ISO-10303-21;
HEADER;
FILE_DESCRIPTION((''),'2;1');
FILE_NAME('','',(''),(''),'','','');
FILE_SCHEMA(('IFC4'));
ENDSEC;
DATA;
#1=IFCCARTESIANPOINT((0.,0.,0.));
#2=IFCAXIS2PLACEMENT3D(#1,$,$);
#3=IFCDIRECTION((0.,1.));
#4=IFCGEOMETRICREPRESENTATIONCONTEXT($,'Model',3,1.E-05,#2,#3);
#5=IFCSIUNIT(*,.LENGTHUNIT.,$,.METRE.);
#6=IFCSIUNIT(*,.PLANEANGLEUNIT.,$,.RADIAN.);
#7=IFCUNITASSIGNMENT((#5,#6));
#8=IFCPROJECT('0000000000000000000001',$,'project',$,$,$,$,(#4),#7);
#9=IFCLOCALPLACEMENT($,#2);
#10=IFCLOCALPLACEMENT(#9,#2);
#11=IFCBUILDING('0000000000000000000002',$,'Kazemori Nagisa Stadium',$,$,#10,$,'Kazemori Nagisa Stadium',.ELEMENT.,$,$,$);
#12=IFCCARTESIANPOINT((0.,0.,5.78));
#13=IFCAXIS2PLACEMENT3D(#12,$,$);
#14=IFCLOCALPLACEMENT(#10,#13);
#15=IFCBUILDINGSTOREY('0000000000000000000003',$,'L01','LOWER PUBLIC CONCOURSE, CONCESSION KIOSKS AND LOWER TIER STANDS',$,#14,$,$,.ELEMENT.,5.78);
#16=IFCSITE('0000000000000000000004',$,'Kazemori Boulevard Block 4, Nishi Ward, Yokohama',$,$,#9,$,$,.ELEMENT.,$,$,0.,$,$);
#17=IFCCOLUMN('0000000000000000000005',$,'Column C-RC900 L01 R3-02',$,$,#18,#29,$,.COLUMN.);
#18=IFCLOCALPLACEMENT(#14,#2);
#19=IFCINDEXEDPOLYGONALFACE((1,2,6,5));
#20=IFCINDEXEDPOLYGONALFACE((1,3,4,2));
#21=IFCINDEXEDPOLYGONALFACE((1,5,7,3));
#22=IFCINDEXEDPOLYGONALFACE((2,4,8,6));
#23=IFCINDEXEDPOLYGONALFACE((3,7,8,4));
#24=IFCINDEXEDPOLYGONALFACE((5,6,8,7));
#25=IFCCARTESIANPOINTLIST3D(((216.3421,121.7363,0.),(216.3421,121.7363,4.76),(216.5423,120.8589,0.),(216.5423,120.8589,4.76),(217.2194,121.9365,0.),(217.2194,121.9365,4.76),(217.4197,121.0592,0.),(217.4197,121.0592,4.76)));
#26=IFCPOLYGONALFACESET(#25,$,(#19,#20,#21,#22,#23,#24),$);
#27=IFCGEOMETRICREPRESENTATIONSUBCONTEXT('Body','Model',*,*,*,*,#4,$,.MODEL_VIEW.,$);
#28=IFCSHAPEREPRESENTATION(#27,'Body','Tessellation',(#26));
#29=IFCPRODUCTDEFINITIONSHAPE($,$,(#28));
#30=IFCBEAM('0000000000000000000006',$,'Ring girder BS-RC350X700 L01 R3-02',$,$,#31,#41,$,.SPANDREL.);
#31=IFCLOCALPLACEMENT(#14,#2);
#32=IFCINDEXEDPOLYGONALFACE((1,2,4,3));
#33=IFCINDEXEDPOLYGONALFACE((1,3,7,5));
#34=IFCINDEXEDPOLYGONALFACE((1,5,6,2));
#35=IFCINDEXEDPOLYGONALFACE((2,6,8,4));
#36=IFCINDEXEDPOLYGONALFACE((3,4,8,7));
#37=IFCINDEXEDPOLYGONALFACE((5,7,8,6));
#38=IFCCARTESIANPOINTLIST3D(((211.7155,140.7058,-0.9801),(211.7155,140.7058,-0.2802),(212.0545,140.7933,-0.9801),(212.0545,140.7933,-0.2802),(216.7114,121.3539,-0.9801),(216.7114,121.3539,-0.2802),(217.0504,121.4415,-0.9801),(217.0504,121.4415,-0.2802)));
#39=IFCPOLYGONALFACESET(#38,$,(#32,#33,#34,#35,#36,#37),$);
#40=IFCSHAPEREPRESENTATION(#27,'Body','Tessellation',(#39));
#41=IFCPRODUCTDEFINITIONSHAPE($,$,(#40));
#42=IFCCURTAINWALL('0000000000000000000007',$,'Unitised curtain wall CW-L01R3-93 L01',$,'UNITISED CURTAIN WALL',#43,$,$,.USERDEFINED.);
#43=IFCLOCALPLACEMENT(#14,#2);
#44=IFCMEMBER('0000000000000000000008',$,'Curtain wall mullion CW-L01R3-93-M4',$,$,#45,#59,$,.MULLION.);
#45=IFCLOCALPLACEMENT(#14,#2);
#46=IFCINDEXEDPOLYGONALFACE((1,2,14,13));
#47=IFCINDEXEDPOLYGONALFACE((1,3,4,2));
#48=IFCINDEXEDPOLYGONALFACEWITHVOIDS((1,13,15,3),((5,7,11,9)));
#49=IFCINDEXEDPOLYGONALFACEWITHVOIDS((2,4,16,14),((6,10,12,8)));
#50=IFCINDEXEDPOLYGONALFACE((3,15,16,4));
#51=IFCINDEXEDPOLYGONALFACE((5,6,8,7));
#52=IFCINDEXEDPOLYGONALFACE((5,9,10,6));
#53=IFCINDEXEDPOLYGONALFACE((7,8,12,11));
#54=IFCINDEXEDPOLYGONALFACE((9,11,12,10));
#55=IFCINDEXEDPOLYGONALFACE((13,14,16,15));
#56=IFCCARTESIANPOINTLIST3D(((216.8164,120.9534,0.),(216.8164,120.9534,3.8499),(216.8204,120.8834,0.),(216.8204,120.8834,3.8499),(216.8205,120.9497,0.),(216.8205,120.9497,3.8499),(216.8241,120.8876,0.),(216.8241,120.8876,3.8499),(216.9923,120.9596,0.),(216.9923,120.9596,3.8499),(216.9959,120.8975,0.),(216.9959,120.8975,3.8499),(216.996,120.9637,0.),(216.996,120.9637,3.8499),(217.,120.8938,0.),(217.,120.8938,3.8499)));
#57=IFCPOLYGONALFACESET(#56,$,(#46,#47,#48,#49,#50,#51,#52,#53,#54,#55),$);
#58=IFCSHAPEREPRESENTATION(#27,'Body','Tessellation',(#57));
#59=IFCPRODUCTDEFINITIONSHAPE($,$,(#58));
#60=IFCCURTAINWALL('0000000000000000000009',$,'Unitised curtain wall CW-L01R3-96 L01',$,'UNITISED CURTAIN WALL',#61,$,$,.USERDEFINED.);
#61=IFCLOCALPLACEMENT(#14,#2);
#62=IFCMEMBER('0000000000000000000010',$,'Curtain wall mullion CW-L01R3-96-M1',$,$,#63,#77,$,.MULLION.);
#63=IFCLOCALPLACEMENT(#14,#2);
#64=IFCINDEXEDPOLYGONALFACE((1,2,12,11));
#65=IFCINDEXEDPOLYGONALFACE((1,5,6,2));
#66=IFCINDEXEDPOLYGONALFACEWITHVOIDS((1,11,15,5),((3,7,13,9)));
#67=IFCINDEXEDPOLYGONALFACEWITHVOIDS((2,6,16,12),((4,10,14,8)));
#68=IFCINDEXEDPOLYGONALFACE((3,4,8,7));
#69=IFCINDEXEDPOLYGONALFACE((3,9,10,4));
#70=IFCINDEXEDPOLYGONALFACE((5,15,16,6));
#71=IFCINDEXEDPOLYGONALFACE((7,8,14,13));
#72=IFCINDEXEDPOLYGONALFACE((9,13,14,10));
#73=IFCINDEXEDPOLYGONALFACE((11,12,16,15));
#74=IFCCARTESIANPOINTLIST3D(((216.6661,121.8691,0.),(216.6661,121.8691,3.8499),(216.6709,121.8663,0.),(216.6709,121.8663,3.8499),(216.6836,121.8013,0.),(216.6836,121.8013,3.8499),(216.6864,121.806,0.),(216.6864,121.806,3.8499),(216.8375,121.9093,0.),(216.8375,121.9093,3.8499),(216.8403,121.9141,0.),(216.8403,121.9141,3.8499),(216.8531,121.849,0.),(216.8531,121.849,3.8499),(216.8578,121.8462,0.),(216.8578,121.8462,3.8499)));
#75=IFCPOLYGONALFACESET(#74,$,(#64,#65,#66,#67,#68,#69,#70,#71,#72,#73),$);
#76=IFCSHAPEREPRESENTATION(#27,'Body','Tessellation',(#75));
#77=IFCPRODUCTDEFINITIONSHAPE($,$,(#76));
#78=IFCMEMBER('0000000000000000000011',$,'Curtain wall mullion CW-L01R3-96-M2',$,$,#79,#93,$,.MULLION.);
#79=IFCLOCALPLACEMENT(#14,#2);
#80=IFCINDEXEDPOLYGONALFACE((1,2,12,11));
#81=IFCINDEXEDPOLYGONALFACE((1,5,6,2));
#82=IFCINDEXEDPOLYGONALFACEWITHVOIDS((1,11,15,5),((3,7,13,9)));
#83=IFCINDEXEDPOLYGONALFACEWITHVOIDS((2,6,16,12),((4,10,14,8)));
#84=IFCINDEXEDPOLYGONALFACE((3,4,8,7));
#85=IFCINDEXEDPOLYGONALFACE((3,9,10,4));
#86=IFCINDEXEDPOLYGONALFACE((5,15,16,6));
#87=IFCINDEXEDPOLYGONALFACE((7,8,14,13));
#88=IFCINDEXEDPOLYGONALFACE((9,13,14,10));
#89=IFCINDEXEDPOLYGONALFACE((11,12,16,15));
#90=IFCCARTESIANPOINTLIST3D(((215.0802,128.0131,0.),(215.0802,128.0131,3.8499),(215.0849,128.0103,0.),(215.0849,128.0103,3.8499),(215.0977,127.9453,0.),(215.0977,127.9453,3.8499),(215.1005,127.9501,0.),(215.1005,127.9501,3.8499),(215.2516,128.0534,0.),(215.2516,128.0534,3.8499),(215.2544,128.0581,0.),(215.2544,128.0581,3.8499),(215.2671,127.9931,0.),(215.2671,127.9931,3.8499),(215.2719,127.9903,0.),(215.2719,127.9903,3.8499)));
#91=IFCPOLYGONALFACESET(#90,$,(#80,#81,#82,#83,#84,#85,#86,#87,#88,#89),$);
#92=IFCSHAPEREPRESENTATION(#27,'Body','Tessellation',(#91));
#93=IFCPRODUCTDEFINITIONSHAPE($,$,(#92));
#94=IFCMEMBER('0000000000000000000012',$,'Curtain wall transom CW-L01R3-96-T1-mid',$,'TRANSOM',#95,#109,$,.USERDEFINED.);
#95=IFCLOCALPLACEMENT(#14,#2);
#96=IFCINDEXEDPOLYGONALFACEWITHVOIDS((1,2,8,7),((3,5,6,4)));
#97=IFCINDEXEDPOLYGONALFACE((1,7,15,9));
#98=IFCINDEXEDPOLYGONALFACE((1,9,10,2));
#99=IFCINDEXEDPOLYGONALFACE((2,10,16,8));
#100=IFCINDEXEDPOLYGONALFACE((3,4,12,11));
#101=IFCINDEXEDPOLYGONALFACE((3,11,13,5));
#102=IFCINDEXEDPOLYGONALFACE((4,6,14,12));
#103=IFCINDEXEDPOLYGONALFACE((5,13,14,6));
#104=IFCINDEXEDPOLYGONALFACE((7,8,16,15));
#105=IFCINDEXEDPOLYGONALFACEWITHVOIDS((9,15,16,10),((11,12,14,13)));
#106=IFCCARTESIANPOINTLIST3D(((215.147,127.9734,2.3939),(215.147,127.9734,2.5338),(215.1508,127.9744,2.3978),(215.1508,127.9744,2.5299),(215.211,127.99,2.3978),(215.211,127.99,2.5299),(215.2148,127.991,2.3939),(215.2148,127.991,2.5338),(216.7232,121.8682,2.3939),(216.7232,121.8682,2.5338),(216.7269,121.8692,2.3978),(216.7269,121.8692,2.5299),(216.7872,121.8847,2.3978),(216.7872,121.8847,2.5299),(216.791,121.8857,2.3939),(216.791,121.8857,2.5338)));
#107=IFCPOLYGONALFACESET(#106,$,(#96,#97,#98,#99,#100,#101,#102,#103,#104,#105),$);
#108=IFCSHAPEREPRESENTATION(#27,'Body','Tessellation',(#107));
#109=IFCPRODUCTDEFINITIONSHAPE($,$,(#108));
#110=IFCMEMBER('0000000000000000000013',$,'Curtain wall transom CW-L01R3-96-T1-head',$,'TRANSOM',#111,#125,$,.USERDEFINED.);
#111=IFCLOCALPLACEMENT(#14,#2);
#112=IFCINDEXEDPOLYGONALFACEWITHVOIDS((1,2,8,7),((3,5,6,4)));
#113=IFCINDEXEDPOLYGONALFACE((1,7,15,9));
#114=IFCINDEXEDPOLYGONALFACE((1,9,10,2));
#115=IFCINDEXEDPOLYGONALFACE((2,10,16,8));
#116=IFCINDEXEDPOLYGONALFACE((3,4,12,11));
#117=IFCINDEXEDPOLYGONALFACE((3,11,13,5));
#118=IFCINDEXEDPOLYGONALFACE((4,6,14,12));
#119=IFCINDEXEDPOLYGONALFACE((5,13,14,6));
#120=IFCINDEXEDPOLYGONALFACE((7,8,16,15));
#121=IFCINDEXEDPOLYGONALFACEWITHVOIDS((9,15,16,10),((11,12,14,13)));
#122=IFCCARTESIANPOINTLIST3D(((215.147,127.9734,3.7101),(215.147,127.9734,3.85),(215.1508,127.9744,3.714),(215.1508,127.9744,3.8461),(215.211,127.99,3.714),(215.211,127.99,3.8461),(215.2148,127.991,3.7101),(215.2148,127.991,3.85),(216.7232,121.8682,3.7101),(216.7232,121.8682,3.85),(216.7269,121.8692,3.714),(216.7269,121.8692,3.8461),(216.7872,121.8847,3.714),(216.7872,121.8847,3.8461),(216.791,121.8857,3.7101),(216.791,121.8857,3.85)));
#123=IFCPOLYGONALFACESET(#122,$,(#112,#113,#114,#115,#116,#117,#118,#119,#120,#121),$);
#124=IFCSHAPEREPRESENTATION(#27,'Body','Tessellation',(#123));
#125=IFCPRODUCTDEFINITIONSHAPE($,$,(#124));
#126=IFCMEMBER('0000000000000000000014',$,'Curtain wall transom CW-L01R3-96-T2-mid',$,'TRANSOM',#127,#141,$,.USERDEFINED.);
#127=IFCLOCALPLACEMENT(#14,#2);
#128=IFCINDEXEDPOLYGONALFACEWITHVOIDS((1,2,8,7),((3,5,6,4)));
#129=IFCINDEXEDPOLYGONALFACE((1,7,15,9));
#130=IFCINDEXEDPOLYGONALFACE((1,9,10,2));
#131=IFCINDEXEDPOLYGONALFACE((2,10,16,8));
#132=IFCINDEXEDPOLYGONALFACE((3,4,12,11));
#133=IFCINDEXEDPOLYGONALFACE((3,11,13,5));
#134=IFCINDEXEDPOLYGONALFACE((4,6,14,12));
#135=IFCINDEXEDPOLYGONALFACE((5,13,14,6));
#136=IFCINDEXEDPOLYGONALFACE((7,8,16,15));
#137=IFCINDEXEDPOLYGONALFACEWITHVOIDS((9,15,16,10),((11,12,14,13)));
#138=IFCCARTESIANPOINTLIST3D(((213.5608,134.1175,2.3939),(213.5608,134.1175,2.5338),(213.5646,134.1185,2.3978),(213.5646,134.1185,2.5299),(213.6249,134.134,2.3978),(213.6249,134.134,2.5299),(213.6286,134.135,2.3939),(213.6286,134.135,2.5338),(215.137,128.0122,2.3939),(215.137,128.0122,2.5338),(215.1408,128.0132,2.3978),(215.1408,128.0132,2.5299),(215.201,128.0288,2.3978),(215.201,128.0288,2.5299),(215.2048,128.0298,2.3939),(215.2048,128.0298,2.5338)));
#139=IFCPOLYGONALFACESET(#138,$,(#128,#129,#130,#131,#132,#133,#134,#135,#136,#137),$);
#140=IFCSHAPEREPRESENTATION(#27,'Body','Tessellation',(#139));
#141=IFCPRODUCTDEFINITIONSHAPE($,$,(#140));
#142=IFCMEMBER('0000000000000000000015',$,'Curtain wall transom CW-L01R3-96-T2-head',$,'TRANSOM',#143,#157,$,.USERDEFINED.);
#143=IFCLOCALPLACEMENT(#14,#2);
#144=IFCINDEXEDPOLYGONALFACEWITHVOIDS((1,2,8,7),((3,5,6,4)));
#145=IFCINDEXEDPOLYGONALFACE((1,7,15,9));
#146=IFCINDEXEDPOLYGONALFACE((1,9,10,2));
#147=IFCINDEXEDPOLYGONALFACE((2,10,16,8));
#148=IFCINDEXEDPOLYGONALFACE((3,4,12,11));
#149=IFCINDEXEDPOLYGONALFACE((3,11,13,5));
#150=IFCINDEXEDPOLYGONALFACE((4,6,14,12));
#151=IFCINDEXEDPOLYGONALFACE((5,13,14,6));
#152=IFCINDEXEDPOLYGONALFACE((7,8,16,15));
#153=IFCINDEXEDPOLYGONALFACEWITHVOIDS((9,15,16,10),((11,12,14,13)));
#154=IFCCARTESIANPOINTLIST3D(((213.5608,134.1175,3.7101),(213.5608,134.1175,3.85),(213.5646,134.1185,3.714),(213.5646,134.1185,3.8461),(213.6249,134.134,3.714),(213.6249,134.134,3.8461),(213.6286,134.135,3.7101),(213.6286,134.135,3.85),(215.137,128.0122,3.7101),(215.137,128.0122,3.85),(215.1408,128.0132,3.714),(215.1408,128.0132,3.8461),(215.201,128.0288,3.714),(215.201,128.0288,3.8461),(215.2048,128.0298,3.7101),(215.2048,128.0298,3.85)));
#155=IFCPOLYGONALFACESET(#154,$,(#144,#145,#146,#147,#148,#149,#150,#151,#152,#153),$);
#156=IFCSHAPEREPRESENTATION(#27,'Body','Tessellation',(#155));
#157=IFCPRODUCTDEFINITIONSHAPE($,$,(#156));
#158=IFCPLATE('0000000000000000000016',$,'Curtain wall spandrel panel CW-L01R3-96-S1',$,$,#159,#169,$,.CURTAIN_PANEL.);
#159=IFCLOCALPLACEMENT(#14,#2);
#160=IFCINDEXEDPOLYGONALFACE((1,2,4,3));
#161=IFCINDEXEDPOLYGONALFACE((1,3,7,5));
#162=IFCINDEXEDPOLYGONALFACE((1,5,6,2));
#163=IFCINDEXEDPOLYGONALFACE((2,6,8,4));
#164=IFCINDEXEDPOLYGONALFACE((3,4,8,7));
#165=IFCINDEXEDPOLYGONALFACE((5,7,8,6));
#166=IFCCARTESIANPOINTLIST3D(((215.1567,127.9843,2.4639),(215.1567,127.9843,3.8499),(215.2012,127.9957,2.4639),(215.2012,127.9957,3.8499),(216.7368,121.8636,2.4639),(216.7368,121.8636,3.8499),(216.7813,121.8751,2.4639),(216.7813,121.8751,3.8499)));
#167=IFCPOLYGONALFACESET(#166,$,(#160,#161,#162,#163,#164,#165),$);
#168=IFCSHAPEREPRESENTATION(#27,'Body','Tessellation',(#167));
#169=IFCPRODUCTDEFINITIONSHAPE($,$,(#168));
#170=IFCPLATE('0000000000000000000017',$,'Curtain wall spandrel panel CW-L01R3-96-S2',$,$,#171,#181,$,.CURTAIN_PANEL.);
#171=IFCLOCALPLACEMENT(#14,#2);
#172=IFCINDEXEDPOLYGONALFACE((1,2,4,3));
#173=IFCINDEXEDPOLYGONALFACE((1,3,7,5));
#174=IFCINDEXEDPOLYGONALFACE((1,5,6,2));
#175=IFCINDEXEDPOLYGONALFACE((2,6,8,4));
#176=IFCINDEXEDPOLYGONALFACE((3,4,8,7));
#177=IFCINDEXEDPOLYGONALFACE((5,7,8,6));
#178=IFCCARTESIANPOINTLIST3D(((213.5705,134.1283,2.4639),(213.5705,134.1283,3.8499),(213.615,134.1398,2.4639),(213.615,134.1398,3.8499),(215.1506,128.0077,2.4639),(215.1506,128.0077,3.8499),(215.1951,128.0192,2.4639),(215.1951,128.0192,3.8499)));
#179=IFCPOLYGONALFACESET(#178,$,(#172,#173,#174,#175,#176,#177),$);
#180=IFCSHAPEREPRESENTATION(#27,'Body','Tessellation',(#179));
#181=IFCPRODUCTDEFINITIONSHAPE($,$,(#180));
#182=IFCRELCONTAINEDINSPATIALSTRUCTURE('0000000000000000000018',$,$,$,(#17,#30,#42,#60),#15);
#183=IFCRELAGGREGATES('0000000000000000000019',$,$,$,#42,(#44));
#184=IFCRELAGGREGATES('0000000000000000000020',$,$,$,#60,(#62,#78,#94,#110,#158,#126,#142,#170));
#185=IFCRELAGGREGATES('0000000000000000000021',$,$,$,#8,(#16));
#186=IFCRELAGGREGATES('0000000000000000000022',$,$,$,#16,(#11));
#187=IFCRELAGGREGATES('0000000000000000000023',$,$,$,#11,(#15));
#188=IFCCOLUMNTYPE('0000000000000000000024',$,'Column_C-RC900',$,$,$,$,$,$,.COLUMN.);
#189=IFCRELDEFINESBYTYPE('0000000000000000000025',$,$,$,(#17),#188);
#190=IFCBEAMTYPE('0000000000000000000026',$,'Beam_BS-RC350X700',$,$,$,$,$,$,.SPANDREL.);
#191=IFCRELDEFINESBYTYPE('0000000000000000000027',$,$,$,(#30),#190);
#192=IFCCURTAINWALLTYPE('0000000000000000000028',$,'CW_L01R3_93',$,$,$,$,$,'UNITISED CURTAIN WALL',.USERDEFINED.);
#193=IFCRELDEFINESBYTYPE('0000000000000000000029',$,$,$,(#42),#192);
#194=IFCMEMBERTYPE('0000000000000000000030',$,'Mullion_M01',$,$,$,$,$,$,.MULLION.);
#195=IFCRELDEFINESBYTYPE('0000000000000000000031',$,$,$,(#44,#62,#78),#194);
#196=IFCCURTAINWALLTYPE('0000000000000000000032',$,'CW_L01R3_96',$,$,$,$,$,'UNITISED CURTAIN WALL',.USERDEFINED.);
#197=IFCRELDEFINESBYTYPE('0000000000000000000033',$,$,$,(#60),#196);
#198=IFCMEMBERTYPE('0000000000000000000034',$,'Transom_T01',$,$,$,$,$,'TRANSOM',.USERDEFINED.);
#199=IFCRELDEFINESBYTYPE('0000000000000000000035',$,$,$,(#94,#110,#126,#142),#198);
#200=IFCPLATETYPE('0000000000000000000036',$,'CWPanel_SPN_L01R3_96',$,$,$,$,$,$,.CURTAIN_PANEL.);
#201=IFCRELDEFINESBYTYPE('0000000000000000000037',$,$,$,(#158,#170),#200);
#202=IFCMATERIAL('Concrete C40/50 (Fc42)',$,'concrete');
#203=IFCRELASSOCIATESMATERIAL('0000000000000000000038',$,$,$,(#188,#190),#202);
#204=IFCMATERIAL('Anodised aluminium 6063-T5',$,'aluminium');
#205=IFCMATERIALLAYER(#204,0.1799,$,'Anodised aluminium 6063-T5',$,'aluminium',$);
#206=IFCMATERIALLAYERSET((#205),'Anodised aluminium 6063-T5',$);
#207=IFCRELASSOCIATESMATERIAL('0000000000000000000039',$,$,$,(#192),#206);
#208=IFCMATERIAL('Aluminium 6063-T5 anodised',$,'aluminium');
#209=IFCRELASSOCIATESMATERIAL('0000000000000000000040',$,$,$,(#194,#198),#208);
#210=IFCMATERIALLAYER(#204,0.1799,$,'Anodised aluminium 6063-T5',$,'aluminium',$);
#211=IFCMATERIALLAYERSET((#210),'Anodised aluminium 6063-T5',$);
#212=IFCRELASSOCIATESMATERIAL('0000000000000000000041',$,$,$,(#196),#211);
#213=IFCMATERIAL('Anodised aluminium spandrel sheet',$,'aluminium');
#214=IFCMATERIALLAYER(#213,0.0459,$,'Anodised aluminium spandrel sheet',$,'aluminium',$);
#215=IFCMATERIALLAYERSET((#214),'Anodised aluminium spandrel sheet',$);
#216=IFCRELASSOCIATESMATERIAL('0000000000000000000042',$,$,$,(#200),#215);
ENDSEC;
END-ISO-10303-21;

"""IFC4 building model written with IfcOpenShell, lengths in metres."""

from ifc_helpers import new_model, si_unit, direction, frame, origin, origin_2d, place, context, subcontext, project, spatial, rectangle, hollow_rectangle, extrude, material, layer, layer_set, material_profile, profile_set, type_object, element, aggregate, save


model = new_model("IFC4")

# Units and contexts
model_context = context("Model", 3, precision=1e-05, world=origin(), true_north=direction((0.0, 1.0)))
body_context = subcontext(model_context, "Body", "Model", "MODEL_VIEW")
ifc_project = project(units=[si_unit("LENGTHUNIT", "METRE"), si_unit("PLANEANGLEUNIT", "RADIAN")], contexts=[model_context])

# Site, building, storey
site_placement = place(None, origin())
site = spatial("IfcSite", under=ifc_project, at=site_placement, Name="Kazemori Boulevard Block 4, Nishi Ward, Yokohama", CompositionType="ELEMENT", RefElevation=0.0)
building_placement = place(site_placement, origin())
building = spatial("IfcBuilding", under=site, at=building_placement, Name="Kazemori Nagisa Stadium", LongName="Kazemori Nagisa Stadium", CompositionType="ELEMENT")
storey_placement = place(building_placement, frame((0.0, 0.0, 5.78)))
storey = spatial("IfcBuildingStorey", under=building, at=storey_placement, Name="L01", Description="LOWER PUBLIC CONCOURSE, CONCESSION KIOSKS AND LOWER TIER STANDS", CompositionType="ELEMENT", Elevation=5.78)

# Column
ifc_material_1 = material(Name="Concrete C40/50 (Fc42)", Category="concrete")
ifc_material_profile_1 = material_profile(ifc_material_1, rectangle(XDim=0.8999, YDim=0.8999, at=origin_2d()), Name="RC-COL-900x900")
ifc_profile_set_1 = profile_set([ifc_material_profile_1], Name="Concrete C40/50 (Fc42)")
column_type = type_object("IfcColumnType", Name="Column_C-RC900", PredefinedType="COLUMN", material=ifc_profile_set_1)
column_placement = place(storey_placement, frame((216.8809, 121.3977, 0.0), z_axis=(0.0, 0.0, 1.0), x_axis=(0.974928, 0.222521, 0.0)))
element("IfcColumn", 1, at=column_placement, inside=storey, type_object=column_type, Name="Column C-RC900 L01 R3-02", PredefinedType="COLUMN", context=body_context, shape_type="SweptSolid", body=[
    extrude(rectangle(XDim=0.8999, YDim=0.8999, at=origin_2d()), origin(), (0.0, 0.0, 1.0), 4.76),
])

# Beam
ifc_material_profile_2 = material_profile(ifc_material_1, rectangle(XDim=0.3501, YDim=0.7, at=origin_2d()), Name="RC-SP-350x700")
ifc_profile_set_2 = profile_set([ifc_material_profile_2], Name="Concrete C40/50 (Fc42)")
beam_type = type_object("IfcBeamType", Name="Beam_BS-RC350X700", PredefinedType="SPANDREL", material=ifc_profile_set_2)
beam_placement = place(storey_placement, frame((216.8809, 121.3977, -0.6301), z_axis=(-0.249964, 0.968255, 0.0), x_axis=(-0.968255, -0.249964, 0.0)))
element("IfcBeam", 2, at=beam_placement, inside=storey, type_object=beam_type, Name="Ring girder BS-RC350X700 L01 R3-02", PredefinedType="SPANDREL", context=body_context, shape_type="SweptSolid", body=[
    extrude(rectangle(XDim=0.3501, YDim=0.7, at=origin_2d()), origin(), (0.0, 0.0, 1.0), 19.9863),
])

# Curtain wall, member
ifc_material_2 = material(Name="Anodised aluminium 6063-T5", Category="aluminium")
ifc_layer_1 = layer(ifc_material_2, 0.1799, Name="Anodised aluminium 6063-T5", Category="aluminium")
ifc_layer_set_1 = layer_set([ifc_layer_1], Name="Anodised aluminium 6063-T5")
curtain_wall_type_1 = type_object("IfcCurtainWallType", Name="CW_L01R3_93", ElementType="UNITISED CURTAIN WALL", PredefinedType="USERDEFINED", material=ifc_layer_set_1)
curtain_wall_1_placement = place(storey_placement, origin())
curtain_wall_1 = element("IfcCurtainWall", 3, at=curtain_wall_1_placement, inside=storey, type_object=curtain_wall_type_1, Name="Unitised curtain wall CW-L01R3-93 L01", ObjectType="UNITISED CURTAIN WALL", PredefinedType="USERDEFINED")
ifc_material_3 = material(Name="Aluminium 6063-T5 anodised", Category="aluminium")
ifc_material_profile_3 = material_profile(ifc_material_3, hollow_rectangle(XDim=0.0701, YDim=0.1799, WallThickness=0.0039, at=origin_2d()), Name="ALU-MULL-70x180x4")
ifc_profile_set_3 = profile_set([ifc_material_profile_3], Name="Aluminium 6063-T5 anodised")
member_type_1 = type_object("IfcMemberType", Name="Mullion_M01", PredefinedType="MULLION", material=ifc_profile_set_3)
member_1_placement = place(storey_placement, frame((216.9082, 120.9236, 0.0), z_axis=(0.0, 0.0, 1.0), x_axis=(-0.057602, 0.99834, 0.0)))
member_1 = element("IfcMember", 4, at=member_1_placement, type_object=member_type_1, Name="Curtain wall mullion CW-L01R3-93-M4", PredefinedType="MULLION", context=body_context, shape_type="SweptSolid", body=[
    extrude(hollow_rectangle(XDim=0.0701, YDim=0.1799, WallThickness=0.0039, at=origin_2d()), origin(), (0.0, 0.0, 1.0), 3.8499),
])
aggregate(curtain_wall_1, [member_1])

# Curtain wall, members, plates
ifc_layer_2 = layer(ifc_material_2, 0.1799, Name="Anodised aluminium 6063-T5", Category="aluminium")
ifc_layer_set_2 = layer_set([ifc_layer_2], Name="Anodised aluminium 6063-T5")
curtain_wall_type_2 = type_object("IfcCurtainWallType", Name="CW_L01R3_96", ElementType="UNITISED CURTAIN WALL", PredefinedType="USERDEFINED", material=ifc_layer_set_2)
curtain_wall_2_placement = place(storey_placement, origin())
curtain_wall_2 = element("IfcCurtainWall", 5, at=curtain_wall_2_placement, inside=storey, type_object=curtain_wall_type_2, Name="Unitised curtain wall CW-L01R3-96 L01", ObjectType="UNITISED CURTAIN WALL", PredefinedType="USERDEFINED")
member_2_placement = place(storey_placement, frame((216.762, 121.8577, 0.0), z_axis=(0.0, 0.0, 1.0), x_axis=(-0.249965, 0.968255, 0.0)))
member_2 = element("IfcMember", 6, at=member_2_placement, type_object=member_type_1, Name="Curtain wall mullion CW-L01R3-96-M1", PredefinedType="MULLION", context=body_context, shape_type="SweptSolid", body=[
    extrude(hollow_rectangle(XDim=0.0701, YDim=0.1799, WallThickness=0.0039, at=origin_2d()), origin(), (0.0, 0.0, 1.0), 3.8499),
])
member_3_placement = place(storey_placement, frame((215.176, 128.0017, 0.0), z_axis=(0.0, 0.0, 1.0), x_axis=(-0.249965, 0.968255, 0.0)))
member_3 = element("IfcMember", 7, at=member_3_placement, type_object=member_type_1, Name="Curtain wall mullion CW-L01R3-96-M2", PredefinedType="MULLION", context=body_context, shape_type="SweptSolid", body=[
    extrude(hollow_rectangle(XDim=0.0701, YDim=0.1799, WallThickness=0.0039, at=origin_2d()), origin(), (0.0, 0.0, 1.0), 3.8499),
])
ifc_material_profile_4 = material_profile(ifc_material_3, hollow_rectangle(XDim=0.0701, YDim=0.1399, WallThickness=0.0039, at=origin_2d()), Name="ALU-TRAN-70x140x4")
ifc_profile_set_4 = profile_set([ifc_material_profile_4], Name="Aluminium 6063-T5 anodised")
member_type_2 = type_object("IfcMemberType", Name="Transom_T01", ElementType="TRANSOM", PredefinedType="USERDEFINED", material=ifc_profile_set_4)
member_4_placement = place(storey_placement, frame((216.7571, 121.877, 2.4639), z_axis=(-0.249972, 0.968253, 0.0), x_axis=(-0.968253, -0.249972, 0.0)))
member_4 = element("IfcMember", 8, at=member_4_placement, type_object=member_type_2, Name="Curtain wall transom CW-L01R3-96-T1-mid", ObjectType="TRANSOM", PredefinedType="USERDEFINED", context=body_context, shape_type="SweptSolid", body=[
    extrude(hollow_rectangle(XDim=0.0701, YDim=0.1399, WallThickness=0.0039, at=origin_2d()), origin(), (0.0, 0.0, 1.0), 6.3054),
])
member_5_placement = place(storey_placement, frame((216.7571, 121.877, 3.78), z_axis=(-0.249972, 0.968253, 0.0), x_axis=(-0.968253, -0.249972, 0.0)))
member_5 = element("IfcMember", 9, at=member_5_placement, type_object=member_type_2, Name="Curtain wall transom CW-L01R3-96-T1-head", ObjectType="TRANSOM", PredefinedType="USERDEFINED", context=body_context, shape_type="SweptSolid", body=[
    extrude(hollow_rectangle(XDim=0.0701, YDim=0.1399, WallThickness=0.0039, at=origin_2d()), origin(), (0.0, 0.0, 1.0), 6.3054),
])
member_6_placement = place(storey_placement, frame((215.1709, 128.021, 2.4639), z_axis=(-0.249972, 0.968253, 0.0), x_axis=(-0.968253, -0.249972, 0.0)))
member_6 = element("IfcMember", 10, at=member_6_placement, type_object=member_type_2, Name="Curtain wall transom CW-L01R3-96-T2-mid", ObjectType="TRANSOM", PredefinedType="USERDEFINED", context=body_context, shape_type="SweptSolid", body=[
    extrude(hollow_rectangle(XDim=0.0701, YDim=0.1399, WallThickness=0.0039, at=origin_2d()), origin(), (0.0, 0.0, 1.0), 6.3054),
])
member_7_placement = place(storey_placement, frame((215.1709, 128.021, 3.78), z_axis=(-0.249972, 0.968253, 0.0), x_axis=(-0.968253, -0.249972, 0.0)))
member_7 = element("IfcMember", 11, at=member_7_placement, type_object=member_type_2, Name="Curtain wall transom CW-L01R3-96-T2-head", ObjectType="TRANSOM", PredefinedType="USERDEFINED", context=body_context, shape_type="SweptSolid", body=[
    extrude(hollow_rectangle(XDim=0.0701, YDim=0.1399, WallThickness=0.0039, at=origin_2d()), origin(), (0.0, 0.0, 1.0), 6.3054),
])
ifc_material_4 = material(Name="Anodised aluminium spandrel sheet", Category="aluminium")
ifc_layer_3 = layer(ifc_material_4, 0.0459, Name="Anodised aluminium spandrel sheet", Category="aluminium")
ifc_layer_set_3 = layer_set([ifc_layer_3], Name="Anodised aluminium spandrel sheet")
plate_type_1 = type_object("IfcPlateType", Name="CWPanel_SPN_L01R3_96", PredefinedType="CURTAIN_PANEL", material=ifc_layer_set_3)
plate_1_placement = place(storey_placement, frame((215.969, 124.9297, 2.4639), z_axis=(0.0, 0.0, 1.0), x_axis=(-0.249965, 0.968255, 0.0)))
plate_1 = element("IfcPlate", 12, at=plate_1_placement, type_object=plate_type_1, Name="Curtain wall spandrel panel CW-L01R3-96-S1", PredefinedType="CURTAIN_PANEL", context=body_context, shape_type="SweptSolid", body=[
    extrude(rectangle(XDim=6.3213, YDim=0.0459, at=origin_2d()), origin(), (0.0, 0.0, 1.0), 1.386),
])
plate_2_placement = place(storey_placement, frame((214.3828, 131.0737, 2.4639), z_axis=(0.0, 0.0, 1.0), x_axis=(-0.249965, 0.968255, 0.0)))
plate_2 = element("IfcPlate", 13, at=plate_2_placement, type_object=plate_type_1, Name="Curtain wall spandrel panel CW-L01R3-96-S2", PredefinedType="CURTAIN_PANEL", context=body_context, shape_type="SweptSolid", body=[
    extrude(rectangle(XDim=6.3213, YDim=0.0459, at=origin_2d()), origin(), (0.0, 0.0, 1.0), 1.386),
])
aggregate(curtain_wall_2, [member_2, member_3, member_4, member_5, plate_1, member_6, member_7, plate_2])

save(model, "model.ifc")
